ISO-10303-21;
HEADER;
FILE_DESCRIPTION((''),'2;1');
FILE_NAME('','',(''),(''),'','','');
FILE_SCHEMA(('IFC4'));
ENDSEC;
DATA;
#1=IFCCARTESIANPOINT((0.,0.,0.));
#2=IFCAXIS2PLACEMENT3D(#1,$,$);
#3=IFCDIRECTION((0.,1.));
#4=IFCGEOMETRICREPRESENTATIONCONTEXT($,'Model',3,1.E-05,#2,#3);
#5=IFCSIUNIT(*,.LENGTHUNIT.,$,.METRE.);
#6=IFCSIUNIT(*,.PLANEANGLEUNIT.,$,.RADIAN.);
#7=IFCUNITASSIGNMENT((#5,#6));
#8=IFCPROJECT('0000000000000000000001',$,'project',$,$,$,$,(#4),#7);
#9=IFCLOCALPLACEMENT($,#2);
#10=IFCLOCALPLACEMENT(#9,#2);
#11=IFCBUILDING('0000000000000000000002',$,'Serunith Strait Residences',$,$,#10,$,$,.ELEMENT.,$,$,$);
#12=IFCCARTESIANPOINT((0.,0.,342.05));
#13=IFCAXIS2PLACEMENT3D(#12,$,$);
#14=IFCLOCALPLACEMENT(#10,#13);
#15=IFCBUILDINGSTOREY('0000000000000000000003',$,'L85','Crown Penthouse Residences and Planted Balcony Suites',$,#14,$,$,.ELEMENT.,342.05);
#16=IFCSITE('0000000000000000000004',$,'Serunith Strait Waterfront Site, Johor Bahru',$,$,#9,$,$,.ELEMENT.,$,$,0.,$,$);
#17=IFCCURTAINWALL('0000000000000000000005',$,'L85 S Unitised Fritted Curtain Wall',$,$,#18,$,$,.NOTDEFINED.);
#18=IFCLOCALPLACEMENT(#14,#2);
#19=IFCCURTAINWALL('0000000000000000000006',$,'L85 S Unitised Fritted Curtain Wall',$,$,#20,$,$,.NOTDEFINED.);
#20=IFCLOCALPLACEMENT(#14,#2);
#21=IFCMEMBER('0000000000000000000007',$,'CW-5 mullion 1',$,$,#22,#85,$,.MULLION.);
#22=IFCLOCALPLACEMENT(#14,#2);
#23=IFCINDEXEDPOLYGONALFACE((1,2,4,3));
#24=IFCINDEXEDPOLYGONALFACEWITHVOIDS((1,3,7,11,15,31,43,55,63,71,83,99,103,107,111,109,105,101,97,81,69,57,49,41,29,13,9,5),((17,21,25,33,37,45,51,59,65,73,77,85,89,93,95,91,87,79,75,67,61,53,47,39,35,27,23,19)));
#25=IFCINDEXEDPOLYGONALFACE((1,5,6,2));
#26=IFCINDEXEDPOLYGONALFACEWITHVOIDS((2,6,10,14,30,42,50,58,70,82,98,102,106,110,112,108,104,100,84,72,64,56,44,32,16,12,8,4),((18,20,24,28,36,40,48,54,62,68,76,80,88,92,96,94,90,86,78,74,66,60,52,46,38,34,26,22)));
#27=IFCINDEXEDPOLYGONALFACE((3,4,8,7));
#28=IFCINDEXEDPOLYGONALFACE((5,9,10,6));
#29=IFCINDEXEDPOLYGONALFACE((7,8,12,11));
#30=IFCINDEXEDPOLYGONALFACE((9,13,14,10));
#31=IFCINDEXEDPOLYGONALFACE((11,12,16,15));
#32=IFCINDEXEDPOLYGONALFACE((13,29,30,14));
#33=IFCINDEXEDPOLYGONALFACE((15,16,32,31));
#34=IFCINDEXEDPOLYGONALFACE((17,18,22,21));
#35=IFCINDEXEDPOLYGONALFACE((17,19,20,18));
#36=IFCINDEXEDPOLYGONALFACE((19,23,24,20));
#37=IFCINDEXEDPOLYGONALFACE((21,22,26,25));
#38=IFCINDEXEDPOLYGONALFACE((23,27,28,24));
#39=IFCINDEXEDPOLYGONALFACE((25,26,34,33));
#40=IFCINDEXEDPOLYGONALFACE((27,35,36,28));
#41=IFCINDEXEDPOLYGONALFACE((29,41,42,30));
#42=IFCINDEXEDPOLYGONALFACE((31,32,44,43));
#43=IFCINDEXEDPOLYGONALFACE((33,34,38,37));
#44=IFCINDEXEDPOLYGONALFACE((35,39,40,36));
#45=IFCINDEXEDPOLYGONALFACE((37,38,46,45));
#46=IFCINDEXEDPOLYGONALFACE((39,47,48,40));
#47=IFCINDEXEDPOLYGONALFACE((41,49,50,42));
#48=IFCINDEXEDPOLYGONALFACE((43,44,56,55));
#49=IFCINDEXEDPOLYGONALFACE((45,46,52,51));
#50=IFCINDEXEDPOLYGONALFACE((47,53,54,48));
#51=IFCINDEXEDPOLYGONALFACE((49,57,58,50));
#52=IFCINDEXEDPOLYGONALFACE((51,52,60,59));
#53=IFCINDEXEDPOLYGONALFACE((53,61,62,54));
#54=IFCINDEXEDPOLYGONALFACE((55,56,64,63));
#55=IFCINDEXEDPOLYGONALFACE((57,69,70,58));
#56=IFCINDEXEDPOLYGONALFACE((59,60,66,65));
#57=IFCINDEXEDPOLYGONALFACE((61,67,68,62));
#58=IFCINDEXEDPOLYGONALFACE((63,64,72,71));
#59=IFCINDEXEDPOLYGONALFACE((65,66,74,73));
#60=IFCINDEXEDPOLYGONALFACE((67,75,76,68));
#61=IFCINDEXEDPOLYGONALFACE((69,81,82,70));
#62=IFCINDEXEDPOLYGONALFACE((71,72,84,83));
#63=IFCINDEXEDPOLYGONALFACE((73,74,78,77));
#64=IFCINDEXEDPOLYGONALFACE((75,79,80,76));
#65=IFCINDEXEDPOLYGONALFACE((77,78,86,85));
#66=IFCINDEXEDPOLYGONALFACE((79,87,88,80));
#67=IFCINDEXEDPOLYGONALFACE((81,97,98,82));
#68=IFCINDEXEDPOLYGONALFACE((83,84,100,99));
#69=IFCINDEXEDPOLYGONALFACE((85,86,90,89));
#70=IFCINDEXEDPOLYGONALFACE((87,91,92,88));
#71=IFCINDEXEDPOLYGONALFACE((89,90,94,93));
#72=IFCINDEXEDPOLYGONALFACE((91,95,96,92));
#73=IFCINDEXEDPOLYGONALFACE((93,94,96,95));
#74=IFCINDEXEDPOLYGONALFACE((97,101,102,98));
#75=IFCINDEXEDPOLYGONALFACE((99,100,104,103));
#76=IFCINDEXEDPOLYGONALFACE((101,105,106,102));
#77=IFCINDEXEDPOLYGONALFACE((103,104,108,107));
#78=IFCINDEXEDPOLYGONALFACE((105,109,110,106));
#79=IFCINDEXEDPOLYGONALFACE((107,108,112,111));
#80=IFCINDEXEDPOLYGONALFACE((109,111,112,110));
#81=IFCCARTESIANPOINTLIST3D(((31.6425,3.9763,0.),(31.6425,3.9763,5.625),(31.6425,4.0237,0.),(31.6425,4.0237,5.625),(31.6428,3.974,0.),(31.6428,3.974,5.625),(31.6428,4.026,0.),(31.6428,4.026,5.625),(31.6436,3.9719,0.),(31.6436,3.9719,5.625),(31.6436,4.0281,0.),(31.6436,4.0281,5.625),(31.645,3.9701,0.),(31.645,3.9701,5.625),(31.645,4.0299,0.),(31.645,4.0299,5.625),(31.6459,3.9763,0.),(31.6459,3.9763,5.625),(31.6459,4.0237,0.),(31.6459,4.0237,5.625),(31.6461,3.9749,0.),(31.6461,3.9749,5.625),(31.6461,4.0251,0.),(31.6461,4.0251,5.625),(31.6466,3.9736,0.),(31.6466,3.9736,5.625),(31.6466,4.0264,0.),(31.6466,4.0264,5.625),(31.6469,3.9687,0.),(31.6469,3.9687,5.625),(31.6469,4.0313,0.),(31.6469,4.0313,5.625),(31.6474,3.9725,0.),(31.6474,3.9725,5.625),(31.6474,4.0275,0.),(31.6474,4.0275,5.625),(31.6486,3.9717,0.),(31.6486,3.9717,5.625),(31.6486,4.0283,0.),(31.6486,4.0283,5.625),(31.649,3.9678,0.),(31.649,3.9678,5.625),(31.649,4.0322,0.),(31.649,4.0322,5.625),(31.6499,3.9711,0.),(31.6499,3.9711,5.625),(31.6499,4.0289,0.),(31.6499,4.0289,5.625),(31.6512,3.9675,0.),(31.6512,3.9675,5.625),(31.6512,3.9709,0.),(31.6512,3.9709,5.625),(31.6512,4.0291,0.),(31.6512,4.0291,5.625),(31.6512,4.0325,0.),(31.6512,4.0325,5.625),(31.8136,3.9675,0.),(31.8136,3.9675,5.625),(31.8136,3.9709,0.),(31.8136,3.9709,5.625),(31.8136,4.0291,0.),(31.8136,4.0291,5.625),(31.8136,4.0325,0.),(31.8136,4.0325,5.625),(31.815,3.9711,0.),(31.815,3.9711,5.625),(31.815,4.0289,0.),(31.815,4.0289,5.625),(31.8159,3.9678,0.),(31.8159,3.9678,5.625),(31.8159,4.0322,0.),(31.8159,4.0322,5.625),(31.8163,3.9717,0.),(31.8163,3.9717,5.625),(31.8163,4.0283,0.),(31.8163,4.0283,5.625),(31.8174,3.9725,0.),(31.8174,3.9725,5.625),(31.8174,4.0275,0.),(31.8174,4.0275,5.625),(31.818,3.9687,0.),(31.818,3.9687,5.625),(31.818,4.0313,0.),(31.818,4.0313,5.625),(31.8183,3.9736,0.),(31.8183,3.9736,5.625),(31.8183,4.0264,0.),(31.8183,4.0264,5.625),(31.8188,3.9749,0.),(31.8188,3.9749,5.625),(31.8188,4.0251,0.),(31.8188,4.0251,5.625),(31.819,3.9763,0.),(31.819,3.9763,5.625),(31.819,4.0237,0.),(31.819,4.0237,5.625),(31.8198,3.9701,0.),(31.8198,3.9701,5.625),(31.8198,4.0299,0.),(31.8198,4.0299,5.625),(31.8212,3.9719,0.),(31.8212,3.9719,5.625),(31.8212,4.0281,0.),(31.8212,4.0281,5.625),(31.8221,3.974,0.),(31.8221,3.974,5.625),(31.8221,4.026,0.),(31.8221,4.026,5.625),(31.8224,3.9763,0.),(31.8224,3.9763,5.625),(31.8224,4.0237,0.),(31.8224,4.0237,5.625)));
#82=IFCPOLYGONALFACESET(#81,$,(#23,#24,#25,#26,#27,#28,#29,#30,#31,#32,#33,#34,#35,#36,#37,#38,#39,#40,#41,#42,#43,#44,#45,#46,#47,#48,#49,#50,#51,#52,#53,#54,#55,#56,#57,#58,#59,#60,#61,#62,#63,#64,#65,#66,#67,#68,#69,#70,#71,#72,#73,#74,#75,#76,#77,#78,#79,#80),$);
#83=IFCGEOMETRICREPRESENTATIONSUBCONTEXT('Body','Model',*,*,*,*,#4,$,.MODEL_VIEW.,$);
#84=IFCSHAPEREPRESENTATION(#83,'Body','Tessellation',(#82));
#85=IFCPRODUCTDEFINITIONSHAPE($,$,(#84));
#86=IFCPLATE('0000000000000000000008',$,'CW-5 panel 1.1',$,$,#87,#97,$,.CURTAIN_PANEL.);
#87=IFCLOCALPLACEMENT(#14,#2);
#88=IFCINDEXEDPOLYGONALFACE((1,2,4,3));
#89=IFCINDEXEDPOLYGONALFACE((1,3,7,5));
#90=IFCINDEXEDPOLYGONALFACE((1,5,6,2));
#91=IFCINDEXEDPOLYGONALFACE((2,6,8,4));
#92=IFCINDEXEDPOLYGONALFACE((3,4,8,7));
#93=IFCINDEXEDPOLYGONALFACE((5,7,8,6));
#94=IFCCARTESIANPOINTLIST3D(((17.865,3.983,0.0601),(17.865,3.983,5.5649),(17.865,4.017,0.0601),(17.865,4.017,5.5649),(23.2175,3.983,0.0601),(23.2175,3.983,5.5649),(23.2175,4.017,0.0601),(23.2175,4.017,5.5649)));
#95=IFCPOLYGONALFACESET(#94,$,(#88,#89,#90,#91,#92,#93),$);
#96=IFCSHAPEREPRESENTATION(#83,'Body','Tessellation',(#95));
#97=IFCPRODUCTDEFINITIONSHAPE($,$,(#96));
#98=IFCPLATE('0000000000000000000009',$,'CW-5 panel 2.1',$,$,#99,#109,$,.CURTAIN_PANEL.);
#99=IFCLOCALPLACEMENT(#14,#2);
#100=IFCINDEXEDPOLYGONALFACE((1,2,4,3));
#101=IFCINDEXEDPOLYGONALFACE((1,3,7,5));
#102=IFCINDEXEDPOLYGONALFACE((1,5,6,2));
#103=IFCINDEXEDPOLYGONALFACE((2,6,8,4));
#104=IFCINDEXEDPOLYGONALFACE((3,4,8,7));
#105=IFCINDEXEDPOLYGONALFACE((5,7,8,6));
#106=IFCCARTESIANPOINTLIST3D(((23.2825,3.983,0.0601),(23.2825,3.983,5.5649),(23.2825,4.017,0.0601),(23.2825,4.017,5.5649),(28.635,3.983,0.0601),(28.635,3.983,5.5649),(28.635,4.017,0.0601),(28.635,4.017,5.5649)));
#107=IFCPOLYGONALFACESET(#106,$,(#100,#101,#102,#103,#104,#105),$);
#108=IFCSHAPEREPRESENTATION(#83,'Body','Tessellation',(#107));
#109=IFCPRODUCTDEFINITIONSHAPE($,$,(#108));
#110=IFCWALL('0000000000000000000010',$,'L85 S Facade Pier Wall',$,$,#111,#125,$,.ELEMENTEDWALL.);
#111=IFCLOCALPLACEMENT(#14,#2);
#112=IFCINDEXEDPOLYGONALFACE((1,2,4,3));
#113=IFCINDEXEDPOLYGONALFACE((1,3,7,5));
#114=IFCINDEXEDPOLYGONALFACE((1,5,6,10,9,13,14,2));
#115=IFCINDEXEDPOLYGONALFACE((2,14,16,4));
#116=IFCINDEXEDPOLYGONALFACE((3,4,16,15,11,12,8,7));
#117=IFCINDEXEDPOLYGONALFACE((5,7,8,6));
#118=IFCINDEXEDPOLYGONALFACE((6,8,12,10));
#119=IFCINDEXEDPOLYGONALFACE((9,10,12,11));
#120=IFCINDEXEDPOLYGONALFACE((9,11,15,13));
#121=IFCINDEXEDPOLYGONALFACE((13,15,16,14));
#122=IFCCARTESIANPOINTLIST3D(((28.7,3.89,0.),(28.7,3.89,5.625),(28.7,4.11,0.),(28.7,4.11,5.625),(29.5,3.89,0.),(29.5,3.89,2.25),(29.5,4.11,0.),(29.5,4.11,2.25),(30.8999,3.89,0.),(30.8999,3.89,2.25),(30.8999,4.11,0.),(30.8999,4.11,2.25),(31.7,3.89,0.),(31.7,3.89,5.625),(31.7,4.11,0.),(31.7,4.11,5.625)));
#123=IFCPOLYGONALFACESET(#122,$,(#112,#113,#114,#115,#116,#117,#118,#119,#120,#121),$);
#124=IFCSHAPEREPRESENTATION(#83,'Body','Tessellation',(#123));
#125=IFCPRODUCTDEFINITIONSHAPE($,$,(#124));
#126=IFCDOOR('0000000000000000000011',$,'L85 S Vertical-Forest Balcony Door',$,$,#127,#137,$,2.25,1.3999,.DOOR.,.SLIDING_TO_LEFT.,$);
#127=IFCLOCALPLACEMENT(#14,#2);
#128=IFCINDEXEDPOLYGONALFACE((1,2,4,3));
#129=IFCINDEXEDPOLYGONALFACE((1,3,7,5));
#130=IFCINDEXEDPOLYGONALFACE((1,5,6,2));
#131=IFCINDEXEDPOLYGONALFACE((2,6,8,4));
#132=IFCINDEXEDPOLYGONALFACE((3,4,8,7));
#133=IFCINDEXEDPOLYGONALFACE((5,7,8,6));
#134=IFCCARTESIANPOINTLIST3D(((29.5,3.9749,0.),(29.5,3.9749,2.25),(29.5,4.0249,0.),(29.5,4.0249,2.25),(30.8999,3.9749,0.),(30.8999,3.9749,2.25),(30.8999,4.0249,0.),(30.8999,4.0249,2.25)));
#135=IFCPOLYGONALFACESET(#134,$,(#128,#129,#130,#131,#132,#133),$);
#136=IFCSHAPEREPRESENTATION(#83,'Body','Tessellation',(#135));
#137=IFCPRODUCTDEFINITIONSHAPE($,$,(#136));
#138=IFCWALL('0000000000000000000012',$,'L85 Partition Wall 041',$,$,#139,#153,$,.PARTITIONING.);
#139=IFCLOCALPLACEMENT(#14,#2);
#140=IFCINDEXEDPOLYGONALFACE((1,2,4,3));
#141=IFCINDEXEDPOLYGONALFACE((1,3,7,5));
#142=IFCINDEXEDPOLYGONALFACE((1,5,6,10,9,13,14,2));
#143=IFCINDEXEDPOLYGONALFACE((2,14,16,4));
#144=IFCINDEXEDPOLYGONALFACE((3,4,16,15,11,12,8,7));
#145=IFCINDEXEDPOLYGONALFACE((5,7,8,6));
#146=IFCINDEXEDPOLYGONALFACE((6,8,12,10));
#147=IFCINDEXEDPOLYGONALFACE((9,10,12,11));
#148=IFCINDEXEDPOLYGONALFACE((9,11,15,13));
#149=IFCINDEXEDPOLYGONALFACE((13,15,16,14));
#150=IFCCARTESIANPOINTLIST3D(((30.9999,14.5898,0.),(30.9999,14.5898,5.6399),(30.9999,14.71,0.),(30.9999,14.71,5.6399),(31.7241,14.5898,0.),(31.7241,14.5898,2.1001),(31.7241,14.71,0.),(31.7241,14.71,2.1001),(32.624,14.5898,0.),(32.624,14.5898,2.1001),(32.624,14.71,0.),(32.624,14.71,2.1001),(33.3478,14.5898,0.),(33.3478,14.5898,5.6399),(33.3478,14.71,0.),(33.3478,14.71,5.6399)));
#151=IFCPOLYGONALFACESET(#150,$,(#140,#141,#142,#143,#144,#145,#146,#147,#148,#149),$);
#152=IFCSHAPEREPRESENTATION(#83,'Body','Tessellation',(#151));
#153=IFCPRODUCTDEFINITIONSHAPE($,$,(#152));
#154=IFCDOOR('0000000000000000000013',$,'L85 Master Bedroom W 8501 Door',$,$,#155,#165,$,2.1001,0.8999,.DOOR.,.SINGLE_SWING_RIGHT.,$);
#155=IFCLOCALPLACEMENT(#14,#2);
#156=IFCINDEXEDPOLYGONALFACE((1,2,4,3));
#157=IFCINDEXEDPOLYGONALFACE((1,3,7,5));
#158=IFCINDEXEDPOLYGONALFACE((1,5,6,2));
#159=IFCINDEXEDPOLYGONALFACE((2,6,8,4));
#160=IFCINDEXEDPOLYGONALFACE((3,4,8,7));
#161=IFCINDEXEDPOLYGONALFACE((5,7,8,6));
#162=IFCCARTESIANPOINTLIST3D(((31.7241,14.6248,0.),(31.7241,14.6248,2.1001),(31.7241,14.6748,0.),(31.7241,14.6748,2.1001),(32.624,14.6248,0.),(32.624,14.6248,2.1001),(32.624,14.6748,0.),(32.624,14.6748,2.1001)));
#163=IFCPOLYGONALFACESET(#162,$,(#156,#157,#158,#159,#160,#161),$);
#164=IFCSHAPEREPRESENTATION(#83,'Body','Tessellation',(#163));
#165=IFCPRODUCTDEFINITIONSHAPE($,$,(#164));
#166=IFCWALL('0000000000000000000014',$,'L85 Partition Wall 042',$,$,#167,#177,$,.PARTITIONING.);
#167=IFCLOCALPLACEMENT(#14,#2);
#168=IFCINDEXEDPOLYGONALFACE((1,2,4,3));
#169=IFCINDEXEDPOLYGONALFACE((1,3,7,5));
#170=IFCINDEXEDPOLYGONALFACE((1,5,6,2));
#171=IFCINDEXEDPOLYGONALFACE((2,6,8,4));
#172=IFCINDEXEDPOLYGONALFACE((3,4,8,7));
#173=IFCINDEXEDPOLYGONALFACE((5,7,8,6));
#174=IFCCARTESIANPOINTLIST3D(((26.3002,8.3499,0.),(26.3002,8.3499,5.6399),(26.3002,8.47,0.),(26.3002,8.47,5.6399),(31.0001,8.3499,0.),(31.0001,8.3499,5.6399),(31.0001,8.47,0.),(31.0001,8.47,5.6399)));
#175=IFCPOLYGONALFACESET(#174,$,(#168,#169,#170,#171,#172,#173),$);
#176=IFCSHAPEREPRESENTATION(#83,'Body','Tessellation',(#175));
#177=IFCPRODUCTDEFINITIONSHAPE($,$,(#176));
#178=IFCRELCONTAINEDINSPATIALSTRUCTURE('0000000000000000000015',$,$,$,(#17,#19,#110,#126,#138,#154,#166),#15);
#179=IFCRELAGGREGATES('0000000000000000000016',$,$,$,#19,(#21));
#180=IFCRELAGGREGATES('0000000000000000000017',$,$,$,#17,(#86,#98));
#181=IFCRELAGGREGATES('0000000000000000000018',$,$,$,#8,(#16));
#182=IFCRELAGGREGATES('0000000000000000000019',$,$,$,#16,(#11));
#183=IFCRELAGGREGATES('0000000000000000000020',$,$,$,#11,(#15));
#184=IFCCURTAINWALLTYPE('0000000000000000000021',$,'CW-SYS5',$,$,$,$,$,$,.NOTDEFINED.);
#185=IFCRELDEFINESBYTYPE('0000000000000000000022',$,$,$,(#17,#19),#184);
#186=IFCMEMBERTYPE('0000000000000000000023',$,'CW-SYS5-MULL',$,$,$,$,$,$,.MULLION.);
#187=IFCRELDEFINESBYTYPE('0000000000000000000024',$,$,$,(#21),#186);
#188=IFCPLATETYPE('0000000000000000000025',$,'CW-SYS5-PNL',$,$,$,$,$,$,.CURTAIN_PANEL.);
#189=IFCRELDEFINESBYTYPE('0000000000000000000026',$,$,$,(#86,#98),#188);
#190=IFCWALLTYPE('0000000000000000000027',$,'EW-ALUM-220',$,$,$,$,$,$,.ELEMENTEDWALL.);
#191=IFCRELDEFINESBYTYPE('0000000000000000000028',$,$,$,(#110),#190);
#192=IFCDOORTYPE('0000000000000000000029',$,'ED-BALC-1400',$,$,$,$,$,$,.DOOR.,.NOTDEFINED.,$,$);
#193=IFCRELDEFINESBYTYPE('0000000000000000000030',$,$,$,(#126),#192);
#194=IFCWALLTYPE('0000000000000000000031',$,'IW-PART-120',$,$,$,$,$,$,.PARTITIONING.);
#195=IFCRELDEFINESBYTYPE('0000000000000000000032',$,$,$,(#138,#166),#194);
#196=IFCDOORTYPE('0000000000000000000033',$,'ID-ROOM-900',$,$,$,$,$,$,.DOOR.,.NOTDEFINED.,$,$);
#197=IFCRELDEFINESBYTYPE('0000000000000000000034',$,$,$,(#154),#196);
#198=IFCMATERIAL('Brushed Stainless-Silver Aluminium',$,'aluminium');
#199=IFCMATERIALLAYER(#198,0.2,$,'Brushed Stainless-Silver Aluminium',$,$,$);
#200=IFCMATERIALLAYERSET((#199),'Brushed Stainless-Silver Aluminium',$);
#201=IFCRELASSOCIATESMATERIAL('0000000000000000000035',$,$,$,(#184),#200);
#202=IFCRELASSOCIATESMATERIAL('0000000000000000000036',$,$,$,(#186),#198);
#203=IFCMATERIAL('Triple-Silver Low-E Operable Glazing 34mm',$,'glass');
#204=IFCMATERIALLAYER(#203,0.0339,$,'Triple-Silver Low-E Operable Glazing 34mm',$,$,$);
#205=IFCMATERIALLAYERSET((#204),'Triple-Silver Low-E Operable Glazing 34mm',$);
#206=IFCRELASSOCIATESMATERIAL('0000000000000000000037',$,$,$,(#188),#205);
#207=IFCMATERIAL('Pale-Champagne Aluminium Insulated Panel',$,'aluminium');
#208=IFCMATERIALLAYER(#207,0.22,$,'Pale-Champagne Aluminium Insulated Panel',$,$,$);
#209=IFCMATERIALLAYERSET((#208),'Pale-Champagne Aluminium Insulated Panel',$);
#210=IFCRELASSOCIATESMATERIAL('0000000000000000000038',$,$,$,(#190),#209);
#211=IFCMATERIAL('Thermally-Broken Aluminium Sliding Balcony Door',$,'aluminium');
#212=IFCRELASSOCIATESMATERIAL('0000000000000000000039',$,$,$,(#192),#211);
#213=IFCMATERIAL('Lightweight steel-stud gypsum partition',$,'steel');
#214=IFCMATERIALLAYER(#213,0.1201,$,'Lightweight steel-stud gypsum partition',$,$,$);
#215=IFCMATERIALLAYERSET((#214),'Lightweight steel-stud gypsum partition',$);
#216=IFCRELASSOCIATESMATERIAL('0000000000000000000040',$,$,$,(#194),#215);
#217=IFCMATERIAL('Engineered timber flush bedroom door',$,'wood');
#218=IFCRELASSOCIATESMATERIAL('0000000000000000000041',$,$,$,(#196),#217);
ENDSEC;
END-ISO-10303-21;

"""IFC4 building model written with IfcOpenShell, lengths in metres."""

from ifc_helpers import new_model, si_unit, direction, frame, frame_2d, origin, origin_2d, place, context, subcontext, project, spatial, rectangle, hollow_rectangle, extrude, source, transform, mapped, material, layer, layer_set, material_profile, profile_set, type_object, element, fill, aggregate, save


model = new_model("IFC4")

# Units and contexts
model_context = context("Model", 3, precision=1e-05, world=origin(), true_north=direction((0.0, 1.0)))
body_context = subcontext(model_context, "Body", "Model", "MODEL_VIEW")
ifc_project = project(units=[si_unit("LENGTHUNIT", "METRE"), si_unit("PLANEANGLEUNIT", "RADIAN")], contexts=[model_context])

# Site, building, storey
site_placement = place(None, origin())
site = spatial("IfcSite", under=ifc_project, at=site_placement, Name="Serunith Strait Waterfront Site, Johor Bahru", CompositionType="ELEMENT", RefElevation=0.0)
building_placement = place(site_placement, origin())
building = spatial("IfcBuilding", under=site, at=building_placement, Name="Serunith Strait Residences", CompositionType="ELEMENT")
storey_placement = place(building_placement, frame((0.0, 0.0, 342.05)))
storey = spatial("IfcBuildingStorey", under=building, at=storey_placement, Name="L85", Description="Crown Penthouse Residences and Planted Balcony Suites", CompositionType="ELEMENT", Elevation=342.05)

# Curtain wall
ifc_material_1 = material(Name="Brushed Stainless-Silver Aluminium", Category="aluminium")
ifc_layer_1 = layer(ifc_material_1, 0.2, Name="Brushed Stainless-Silver Aluminium")
ifc_layer_set_1 = layer_set([ifc_layer_1], Name="Brushed Stainless-Silver Aluminium")
curtain_wall_type = type_object("IfcCurtainWallType", Name="CW-SYS5", PredefinedType="NOTDEFINED", material=ifc_layer_set_1)
curtain_wall_1_placement = place(storey_placement, origin())
curtain_wall_1 = element("IfcCurtainWall", 1, at=curtain_wall_1_placement, inside=storey, type_object=curtain_wall_type, Name="L85 S Unitised Fritted Curtain Wall", PredefinedType="NOTDEFINED")
ifc_material_profile_1 = material_profile(ifc_material_1, hollow_rectangle(XDim=0.0649, YDim=0.1799, WallThickness=0.0034, InnerFilletRadius=0.0054, OuterFilletRadius=0.0088, at=origin_2d()), Name="ALU 180x65x3.5")
ifc_profile_set_1 = profile_set([ifc_material_profile_1], Name="Brushed Stainless-Silver Aluminium")
member_type_1 = type_object("IfcMemberType", Name="CW-SYS5-MULL", PredefinedType="MULLION", material=ifc_profile_set_1)
shared_shape_1 = source(origin(), body_context, "Body", "SweptSolid", [
    extrude(hollow_rectangle(XDim=0.0649, YDim=0.1799, WallThickness=0.0034, InnerFilletRadius=0.0054, OuterFilletRadius=0.0088, at=origin_2d()), origin(), (0.0, 0.0, 1.0), 5.625),
])

# Curtain wall, member
curtain_wall_2_placement = place(storey_placement, origin())
curtain_wall_2 = element("IfcCurtainWall", 2, at=curtain_wall_2_placement, inside=storey, type_object=curtain_wall_type, Name="L85 S Unitised Fritted Curtain Wall", PredefinedType="NOTDEFINED")
member_1_placement = place(storey_placement, frame((31.7324, 4.0, 0.0), z_axis=(0.0, 0.0, 1.0), x_axis=(0.0, 1.0, 0.0)))
member_1 = element("IfcMember", 3, at=member_1_placement, type_object=member_type_1, Name="CW-5 mullion 1", PredefinedType="MULLION", context=body_context, shape_type="MappedRepresentation", body=[
    mapped(shared_shape_1, transform((0.0, 0.0, 0.0), scale=1.0)),
])
aggregate(curtain_wall_2, [member_1])

# Plates
ifc_material_2 = material(Name="Triple-Silver Low-E Operable Glazing 34mm", Category="glass")
ifc_layer_2 = layer(ifc_material_2, 0.0339, Name="Triple-Silver Low-E Operable Glazing 34mm")
ifc_layer_set_2 = layer_set([ifc_layer_2], Name="Triple-Silver Low-E Operable Glazing 34mm")
plate_type = type_object("IfcPlateType", Name="CW-SYS5-PNL", PredefinedType="CURTAIN_PANEL", material=ifc_layer_set_2)
shared_shape_2 = source(origin(), body_context, "Body", "SweptSolid", [
    extrude(rectangle(XDim=5.3525, YDim=0.0339, at=origin_2d()), origin(), (0.0, 0.0, 1.0), 5.5049),
])
plate_1_placement = place(storey_placement, frame((20.5413, 4.0, 0.0601), z_axis=(0.0, 0.0, 1.0), x_axis=(1.0, 0.0, 0.0)))
plate_1 = element("IfcPlate", 4, at=plate_1_placement, type_object=plate_type, Name="CW-5 panel 1.1", PredefinedType="CURTAIN_PANEL", context=body_context, shape_type="MappedRepresentation", body=[
    mapped(shared_shape_2, transform((0.0, 0.0, 0.0), scale=1.0)),
])
plate_2_placement = place(storey_placement, frame((25.9587, 4.0, 0.0601), z_axis=(0.0, 0.0, 1.0), x_axis=(1.0, 0.0, 0.0)))
plate_2 = element("IfcPlate", 5, at=plate_2_placement, type_object=plate_type, Name="CW-5 panel 2.1", PredefinedType="CURTAIN_PANEL", context=body_context, shape_type="MappedRepresentation", body=[
    mapped(shared_shape_2, transform((0.0, 0.0, 0.0), scale=1.0)),
])
aggregate(curtain_wall_1, [plate_1, plate_2])

# Walls, openings, doors
ifc_material_3 = material(Name="Pale-Champagne Aluminium Insulated Panel", Category="aluminium")
ifc_layer_3 = layer(ifc_material_3, 0.22, Name="Pale-Champagne Aluminium Insulated Panel")
ifc_layer_set_3 = layer_set([ifc_layer_3], Name="Pale-Champagne Aluminium Insulated Panel")
wall_type_1 = type_object("IfcWallType", Name="EW-ALUM-220", PredefinedType="ELEMENTEDWALL", material=ifc_layer_set_3)
wall_1_placement = place(storey_placement, frame((28.7, 4.0, 0.0), z_axis=(0.0, 0.0, 1.0), x_axis=(1.0, 0.0, 0.0)))
wall_1 = element("IfcWall", 6, at=wall_1_placement, inside=storey, type_object=wall_type_1, Name="L85 S Facade Pier Wall", PredefinedType="ELEMENTEDWALL", context=body_context, shape_type="SweptSolid", body=[
    extrude(rectangle(XDim=3.0, YDim=0.22, at=frame_2d((1.5, 0.0))), origin(), (0.0, 0.0, 1.0), 5.625),
])
opening_1_placement = place(wall_1_placement, frame((0.8, 0.0, 0.0)))
opening_1 = element("IfcOpeningElement", 7, at=opening_1_placement, cuts=wall_1, PredefinedType="OPENING", context=body_context, shape_type="SweptSolid", body=[
    extrude(rectangle(XDim=1.3999, YDim=2.25, at=frame_2d((0.7, 1.125))), frame((0.0, 0.1201, 0.0), z_axis=(0.0, -1.0, 0.0), x_axis=(1.0, 0.0, 0.0)), (0.0, 0.0, 1.0), 0.24),
])
ifc_material_4 = material(Name="Thermally-Broken Aluminium Sliding Balcony Door", Category="aluminium")
door_type_1 = type_object("IfcDoorType", Name="ED-BALC-1400", OperationType="NOTDEFINED", PredefinedType="DOOR", material=ifc_material_4)
shared_shape_3 = source(origin(), body_context, "Body", "SweptSolid", [
    extrude(rectangle(XDim=1.3999, YDim=2.25, at=frame_2d((0.7, 1.125))), frame((0.0, 0.0249, 0.0), z_axis=(0.0, -1.0, 0.0), x_axis=(1.0, 0.0, 0.0)), (0.0, 0.0, 1.0), 0.05),
])
door_1_placement = place(opening_1_placement, origin())
door_1 = element("IfcDoor", 8, at=door_1_placement, inside=storey, type_object=door_type_1, Name="L85 S Vertical-Forest Balcony Door", OperationType="SLIDING_TO_LEFT", OverallHeight=2.25, OverallWidth=1.3999, PredefinedType="DOOR", context=body_context, shape_type="MappedRepresentation", body=[
    mapped(shared_shape_3, transform((0.0, 0.0, 0.0), scale=1.0)),
])
fill(opening_1, door_1)
ifc_material_5 = material(Name="Lightweight steel-stud gypsum partition", Category="steel")
ifc_layer_4 = layer(ifc_material_5, 0.1201, Name="Lightweight steel-stud gypsum partition")
ifc_layer_set_4 = layer_set([ifc_layer_4], Name="Lightweight steel-stud gypsum partition")
wall_type_2 = type_object("IfcWallType", Name="IW-PART-120", PredefinedType="PARTITIONING", material=ifc_layer_set_4)
wall_2_placement = place(storey_placement, frame((31.0, 14.6499, 0.0), z_axis=(0.0, 0.0, 1.0), x_axis=(1.0, 0.0, 0.0)))
wall_2 = element("IfcWall", 9, at=wall_2_placement, inside=storey, type_object=wall_type_2, Name="L85 Partition Wall 041", PredefinedType="PARTITIONING", context=body_context, shape_type="SweptSolid", body=[
    extrude(rectangle(XDim=2.3479, YDim=0.1201, at=frame_2d((1.1738, 0.0))), origin(), (0.0, 0.0, 1.0), 5.6399),
])
opening_2_placement = place(wall_2_placement, frame((0.7241, 0.0, 0.0)))
opening_2 = element("IfcOpeningElement", 10, at=opening_2_placement, cuts=wall_2, PredefinedType="OPENING", context=body_context, shape_type="SweptSolid", body=[
    extrude(rectangle(XDim=0.8999, YDim=2.1001, at=frame_2d((0.45, 1.05))), frame((0.0, 0.0701, 0.0), z_axis=(0.0, -1.0, 0.0), x_axis=(1.0, 0.0, 0.0)), (0.0, 0.0, 1.0), 0.1401),
])
ifc_material_6 = material(Name="Engineered timber flush bedroom door", Category="wood")
door_type_2 = type_object("IfcDoorType", Name="ID-ROOM-900", OperationType="NOTDEFINED", PredefinedType="DOOR", material=ifc_material_6)
shared_shape_4 = source(origin(), body_context, "Body", "SweptSolid", [
    extrude(rectangle(XDim=0.8999, YDim=2.1001, at=frame_2d((0.45, 1.05))), frame((0.0, 0.0249, 0.0), z_axis=(0.0, -1.0, 0.0), x_axis=(1.0, 0.0, 0.0)), (0.0, 0.0, 1.0), 0.05),
])
door_2_placement = place(opening_2_placement, origin())
door_2 = element("IfcDoor", 11, at=door_2_placement, inside=storey, type_object=door_type_2, Name="L85 Master Bedroom W 8501 Door", OperationType="SINGLE_SWING_RIGHT", OverallHeight=2.1001, OverallWidth=0.8999, PredefinedType="DOOR", context=body_context, shape_type="MappedRepresentation", body=[
    mapped(shared_shape_4, transform((0.0, 0.0, 0.0), scale=1.0)),
])
fill(opening_2, door_2)

# Wall
wall_3_placement = place(storey_placement, frame((26.3, 8.4099, 0.0), z_axis=(0.0, 0.0, 1.0), x_axis=(1.0, 0.0, 0.0)))
element("IfcWall", 12, at=wall_3_placement, inside=storey, type_object=wall_type_2, Name="L85 Partition Wall 042", PredefinedType="PARTITIONING", context=body_context, shape_type="SweptSolid", body=[
    extrude(rectangle(XDim=4.7, YDim=0.1201, at=frame_2d((2.3501, 0.0))), origin(), (0.0, 0.0, 1.0), 5.6399),
])

save(model, "model.ifc")
